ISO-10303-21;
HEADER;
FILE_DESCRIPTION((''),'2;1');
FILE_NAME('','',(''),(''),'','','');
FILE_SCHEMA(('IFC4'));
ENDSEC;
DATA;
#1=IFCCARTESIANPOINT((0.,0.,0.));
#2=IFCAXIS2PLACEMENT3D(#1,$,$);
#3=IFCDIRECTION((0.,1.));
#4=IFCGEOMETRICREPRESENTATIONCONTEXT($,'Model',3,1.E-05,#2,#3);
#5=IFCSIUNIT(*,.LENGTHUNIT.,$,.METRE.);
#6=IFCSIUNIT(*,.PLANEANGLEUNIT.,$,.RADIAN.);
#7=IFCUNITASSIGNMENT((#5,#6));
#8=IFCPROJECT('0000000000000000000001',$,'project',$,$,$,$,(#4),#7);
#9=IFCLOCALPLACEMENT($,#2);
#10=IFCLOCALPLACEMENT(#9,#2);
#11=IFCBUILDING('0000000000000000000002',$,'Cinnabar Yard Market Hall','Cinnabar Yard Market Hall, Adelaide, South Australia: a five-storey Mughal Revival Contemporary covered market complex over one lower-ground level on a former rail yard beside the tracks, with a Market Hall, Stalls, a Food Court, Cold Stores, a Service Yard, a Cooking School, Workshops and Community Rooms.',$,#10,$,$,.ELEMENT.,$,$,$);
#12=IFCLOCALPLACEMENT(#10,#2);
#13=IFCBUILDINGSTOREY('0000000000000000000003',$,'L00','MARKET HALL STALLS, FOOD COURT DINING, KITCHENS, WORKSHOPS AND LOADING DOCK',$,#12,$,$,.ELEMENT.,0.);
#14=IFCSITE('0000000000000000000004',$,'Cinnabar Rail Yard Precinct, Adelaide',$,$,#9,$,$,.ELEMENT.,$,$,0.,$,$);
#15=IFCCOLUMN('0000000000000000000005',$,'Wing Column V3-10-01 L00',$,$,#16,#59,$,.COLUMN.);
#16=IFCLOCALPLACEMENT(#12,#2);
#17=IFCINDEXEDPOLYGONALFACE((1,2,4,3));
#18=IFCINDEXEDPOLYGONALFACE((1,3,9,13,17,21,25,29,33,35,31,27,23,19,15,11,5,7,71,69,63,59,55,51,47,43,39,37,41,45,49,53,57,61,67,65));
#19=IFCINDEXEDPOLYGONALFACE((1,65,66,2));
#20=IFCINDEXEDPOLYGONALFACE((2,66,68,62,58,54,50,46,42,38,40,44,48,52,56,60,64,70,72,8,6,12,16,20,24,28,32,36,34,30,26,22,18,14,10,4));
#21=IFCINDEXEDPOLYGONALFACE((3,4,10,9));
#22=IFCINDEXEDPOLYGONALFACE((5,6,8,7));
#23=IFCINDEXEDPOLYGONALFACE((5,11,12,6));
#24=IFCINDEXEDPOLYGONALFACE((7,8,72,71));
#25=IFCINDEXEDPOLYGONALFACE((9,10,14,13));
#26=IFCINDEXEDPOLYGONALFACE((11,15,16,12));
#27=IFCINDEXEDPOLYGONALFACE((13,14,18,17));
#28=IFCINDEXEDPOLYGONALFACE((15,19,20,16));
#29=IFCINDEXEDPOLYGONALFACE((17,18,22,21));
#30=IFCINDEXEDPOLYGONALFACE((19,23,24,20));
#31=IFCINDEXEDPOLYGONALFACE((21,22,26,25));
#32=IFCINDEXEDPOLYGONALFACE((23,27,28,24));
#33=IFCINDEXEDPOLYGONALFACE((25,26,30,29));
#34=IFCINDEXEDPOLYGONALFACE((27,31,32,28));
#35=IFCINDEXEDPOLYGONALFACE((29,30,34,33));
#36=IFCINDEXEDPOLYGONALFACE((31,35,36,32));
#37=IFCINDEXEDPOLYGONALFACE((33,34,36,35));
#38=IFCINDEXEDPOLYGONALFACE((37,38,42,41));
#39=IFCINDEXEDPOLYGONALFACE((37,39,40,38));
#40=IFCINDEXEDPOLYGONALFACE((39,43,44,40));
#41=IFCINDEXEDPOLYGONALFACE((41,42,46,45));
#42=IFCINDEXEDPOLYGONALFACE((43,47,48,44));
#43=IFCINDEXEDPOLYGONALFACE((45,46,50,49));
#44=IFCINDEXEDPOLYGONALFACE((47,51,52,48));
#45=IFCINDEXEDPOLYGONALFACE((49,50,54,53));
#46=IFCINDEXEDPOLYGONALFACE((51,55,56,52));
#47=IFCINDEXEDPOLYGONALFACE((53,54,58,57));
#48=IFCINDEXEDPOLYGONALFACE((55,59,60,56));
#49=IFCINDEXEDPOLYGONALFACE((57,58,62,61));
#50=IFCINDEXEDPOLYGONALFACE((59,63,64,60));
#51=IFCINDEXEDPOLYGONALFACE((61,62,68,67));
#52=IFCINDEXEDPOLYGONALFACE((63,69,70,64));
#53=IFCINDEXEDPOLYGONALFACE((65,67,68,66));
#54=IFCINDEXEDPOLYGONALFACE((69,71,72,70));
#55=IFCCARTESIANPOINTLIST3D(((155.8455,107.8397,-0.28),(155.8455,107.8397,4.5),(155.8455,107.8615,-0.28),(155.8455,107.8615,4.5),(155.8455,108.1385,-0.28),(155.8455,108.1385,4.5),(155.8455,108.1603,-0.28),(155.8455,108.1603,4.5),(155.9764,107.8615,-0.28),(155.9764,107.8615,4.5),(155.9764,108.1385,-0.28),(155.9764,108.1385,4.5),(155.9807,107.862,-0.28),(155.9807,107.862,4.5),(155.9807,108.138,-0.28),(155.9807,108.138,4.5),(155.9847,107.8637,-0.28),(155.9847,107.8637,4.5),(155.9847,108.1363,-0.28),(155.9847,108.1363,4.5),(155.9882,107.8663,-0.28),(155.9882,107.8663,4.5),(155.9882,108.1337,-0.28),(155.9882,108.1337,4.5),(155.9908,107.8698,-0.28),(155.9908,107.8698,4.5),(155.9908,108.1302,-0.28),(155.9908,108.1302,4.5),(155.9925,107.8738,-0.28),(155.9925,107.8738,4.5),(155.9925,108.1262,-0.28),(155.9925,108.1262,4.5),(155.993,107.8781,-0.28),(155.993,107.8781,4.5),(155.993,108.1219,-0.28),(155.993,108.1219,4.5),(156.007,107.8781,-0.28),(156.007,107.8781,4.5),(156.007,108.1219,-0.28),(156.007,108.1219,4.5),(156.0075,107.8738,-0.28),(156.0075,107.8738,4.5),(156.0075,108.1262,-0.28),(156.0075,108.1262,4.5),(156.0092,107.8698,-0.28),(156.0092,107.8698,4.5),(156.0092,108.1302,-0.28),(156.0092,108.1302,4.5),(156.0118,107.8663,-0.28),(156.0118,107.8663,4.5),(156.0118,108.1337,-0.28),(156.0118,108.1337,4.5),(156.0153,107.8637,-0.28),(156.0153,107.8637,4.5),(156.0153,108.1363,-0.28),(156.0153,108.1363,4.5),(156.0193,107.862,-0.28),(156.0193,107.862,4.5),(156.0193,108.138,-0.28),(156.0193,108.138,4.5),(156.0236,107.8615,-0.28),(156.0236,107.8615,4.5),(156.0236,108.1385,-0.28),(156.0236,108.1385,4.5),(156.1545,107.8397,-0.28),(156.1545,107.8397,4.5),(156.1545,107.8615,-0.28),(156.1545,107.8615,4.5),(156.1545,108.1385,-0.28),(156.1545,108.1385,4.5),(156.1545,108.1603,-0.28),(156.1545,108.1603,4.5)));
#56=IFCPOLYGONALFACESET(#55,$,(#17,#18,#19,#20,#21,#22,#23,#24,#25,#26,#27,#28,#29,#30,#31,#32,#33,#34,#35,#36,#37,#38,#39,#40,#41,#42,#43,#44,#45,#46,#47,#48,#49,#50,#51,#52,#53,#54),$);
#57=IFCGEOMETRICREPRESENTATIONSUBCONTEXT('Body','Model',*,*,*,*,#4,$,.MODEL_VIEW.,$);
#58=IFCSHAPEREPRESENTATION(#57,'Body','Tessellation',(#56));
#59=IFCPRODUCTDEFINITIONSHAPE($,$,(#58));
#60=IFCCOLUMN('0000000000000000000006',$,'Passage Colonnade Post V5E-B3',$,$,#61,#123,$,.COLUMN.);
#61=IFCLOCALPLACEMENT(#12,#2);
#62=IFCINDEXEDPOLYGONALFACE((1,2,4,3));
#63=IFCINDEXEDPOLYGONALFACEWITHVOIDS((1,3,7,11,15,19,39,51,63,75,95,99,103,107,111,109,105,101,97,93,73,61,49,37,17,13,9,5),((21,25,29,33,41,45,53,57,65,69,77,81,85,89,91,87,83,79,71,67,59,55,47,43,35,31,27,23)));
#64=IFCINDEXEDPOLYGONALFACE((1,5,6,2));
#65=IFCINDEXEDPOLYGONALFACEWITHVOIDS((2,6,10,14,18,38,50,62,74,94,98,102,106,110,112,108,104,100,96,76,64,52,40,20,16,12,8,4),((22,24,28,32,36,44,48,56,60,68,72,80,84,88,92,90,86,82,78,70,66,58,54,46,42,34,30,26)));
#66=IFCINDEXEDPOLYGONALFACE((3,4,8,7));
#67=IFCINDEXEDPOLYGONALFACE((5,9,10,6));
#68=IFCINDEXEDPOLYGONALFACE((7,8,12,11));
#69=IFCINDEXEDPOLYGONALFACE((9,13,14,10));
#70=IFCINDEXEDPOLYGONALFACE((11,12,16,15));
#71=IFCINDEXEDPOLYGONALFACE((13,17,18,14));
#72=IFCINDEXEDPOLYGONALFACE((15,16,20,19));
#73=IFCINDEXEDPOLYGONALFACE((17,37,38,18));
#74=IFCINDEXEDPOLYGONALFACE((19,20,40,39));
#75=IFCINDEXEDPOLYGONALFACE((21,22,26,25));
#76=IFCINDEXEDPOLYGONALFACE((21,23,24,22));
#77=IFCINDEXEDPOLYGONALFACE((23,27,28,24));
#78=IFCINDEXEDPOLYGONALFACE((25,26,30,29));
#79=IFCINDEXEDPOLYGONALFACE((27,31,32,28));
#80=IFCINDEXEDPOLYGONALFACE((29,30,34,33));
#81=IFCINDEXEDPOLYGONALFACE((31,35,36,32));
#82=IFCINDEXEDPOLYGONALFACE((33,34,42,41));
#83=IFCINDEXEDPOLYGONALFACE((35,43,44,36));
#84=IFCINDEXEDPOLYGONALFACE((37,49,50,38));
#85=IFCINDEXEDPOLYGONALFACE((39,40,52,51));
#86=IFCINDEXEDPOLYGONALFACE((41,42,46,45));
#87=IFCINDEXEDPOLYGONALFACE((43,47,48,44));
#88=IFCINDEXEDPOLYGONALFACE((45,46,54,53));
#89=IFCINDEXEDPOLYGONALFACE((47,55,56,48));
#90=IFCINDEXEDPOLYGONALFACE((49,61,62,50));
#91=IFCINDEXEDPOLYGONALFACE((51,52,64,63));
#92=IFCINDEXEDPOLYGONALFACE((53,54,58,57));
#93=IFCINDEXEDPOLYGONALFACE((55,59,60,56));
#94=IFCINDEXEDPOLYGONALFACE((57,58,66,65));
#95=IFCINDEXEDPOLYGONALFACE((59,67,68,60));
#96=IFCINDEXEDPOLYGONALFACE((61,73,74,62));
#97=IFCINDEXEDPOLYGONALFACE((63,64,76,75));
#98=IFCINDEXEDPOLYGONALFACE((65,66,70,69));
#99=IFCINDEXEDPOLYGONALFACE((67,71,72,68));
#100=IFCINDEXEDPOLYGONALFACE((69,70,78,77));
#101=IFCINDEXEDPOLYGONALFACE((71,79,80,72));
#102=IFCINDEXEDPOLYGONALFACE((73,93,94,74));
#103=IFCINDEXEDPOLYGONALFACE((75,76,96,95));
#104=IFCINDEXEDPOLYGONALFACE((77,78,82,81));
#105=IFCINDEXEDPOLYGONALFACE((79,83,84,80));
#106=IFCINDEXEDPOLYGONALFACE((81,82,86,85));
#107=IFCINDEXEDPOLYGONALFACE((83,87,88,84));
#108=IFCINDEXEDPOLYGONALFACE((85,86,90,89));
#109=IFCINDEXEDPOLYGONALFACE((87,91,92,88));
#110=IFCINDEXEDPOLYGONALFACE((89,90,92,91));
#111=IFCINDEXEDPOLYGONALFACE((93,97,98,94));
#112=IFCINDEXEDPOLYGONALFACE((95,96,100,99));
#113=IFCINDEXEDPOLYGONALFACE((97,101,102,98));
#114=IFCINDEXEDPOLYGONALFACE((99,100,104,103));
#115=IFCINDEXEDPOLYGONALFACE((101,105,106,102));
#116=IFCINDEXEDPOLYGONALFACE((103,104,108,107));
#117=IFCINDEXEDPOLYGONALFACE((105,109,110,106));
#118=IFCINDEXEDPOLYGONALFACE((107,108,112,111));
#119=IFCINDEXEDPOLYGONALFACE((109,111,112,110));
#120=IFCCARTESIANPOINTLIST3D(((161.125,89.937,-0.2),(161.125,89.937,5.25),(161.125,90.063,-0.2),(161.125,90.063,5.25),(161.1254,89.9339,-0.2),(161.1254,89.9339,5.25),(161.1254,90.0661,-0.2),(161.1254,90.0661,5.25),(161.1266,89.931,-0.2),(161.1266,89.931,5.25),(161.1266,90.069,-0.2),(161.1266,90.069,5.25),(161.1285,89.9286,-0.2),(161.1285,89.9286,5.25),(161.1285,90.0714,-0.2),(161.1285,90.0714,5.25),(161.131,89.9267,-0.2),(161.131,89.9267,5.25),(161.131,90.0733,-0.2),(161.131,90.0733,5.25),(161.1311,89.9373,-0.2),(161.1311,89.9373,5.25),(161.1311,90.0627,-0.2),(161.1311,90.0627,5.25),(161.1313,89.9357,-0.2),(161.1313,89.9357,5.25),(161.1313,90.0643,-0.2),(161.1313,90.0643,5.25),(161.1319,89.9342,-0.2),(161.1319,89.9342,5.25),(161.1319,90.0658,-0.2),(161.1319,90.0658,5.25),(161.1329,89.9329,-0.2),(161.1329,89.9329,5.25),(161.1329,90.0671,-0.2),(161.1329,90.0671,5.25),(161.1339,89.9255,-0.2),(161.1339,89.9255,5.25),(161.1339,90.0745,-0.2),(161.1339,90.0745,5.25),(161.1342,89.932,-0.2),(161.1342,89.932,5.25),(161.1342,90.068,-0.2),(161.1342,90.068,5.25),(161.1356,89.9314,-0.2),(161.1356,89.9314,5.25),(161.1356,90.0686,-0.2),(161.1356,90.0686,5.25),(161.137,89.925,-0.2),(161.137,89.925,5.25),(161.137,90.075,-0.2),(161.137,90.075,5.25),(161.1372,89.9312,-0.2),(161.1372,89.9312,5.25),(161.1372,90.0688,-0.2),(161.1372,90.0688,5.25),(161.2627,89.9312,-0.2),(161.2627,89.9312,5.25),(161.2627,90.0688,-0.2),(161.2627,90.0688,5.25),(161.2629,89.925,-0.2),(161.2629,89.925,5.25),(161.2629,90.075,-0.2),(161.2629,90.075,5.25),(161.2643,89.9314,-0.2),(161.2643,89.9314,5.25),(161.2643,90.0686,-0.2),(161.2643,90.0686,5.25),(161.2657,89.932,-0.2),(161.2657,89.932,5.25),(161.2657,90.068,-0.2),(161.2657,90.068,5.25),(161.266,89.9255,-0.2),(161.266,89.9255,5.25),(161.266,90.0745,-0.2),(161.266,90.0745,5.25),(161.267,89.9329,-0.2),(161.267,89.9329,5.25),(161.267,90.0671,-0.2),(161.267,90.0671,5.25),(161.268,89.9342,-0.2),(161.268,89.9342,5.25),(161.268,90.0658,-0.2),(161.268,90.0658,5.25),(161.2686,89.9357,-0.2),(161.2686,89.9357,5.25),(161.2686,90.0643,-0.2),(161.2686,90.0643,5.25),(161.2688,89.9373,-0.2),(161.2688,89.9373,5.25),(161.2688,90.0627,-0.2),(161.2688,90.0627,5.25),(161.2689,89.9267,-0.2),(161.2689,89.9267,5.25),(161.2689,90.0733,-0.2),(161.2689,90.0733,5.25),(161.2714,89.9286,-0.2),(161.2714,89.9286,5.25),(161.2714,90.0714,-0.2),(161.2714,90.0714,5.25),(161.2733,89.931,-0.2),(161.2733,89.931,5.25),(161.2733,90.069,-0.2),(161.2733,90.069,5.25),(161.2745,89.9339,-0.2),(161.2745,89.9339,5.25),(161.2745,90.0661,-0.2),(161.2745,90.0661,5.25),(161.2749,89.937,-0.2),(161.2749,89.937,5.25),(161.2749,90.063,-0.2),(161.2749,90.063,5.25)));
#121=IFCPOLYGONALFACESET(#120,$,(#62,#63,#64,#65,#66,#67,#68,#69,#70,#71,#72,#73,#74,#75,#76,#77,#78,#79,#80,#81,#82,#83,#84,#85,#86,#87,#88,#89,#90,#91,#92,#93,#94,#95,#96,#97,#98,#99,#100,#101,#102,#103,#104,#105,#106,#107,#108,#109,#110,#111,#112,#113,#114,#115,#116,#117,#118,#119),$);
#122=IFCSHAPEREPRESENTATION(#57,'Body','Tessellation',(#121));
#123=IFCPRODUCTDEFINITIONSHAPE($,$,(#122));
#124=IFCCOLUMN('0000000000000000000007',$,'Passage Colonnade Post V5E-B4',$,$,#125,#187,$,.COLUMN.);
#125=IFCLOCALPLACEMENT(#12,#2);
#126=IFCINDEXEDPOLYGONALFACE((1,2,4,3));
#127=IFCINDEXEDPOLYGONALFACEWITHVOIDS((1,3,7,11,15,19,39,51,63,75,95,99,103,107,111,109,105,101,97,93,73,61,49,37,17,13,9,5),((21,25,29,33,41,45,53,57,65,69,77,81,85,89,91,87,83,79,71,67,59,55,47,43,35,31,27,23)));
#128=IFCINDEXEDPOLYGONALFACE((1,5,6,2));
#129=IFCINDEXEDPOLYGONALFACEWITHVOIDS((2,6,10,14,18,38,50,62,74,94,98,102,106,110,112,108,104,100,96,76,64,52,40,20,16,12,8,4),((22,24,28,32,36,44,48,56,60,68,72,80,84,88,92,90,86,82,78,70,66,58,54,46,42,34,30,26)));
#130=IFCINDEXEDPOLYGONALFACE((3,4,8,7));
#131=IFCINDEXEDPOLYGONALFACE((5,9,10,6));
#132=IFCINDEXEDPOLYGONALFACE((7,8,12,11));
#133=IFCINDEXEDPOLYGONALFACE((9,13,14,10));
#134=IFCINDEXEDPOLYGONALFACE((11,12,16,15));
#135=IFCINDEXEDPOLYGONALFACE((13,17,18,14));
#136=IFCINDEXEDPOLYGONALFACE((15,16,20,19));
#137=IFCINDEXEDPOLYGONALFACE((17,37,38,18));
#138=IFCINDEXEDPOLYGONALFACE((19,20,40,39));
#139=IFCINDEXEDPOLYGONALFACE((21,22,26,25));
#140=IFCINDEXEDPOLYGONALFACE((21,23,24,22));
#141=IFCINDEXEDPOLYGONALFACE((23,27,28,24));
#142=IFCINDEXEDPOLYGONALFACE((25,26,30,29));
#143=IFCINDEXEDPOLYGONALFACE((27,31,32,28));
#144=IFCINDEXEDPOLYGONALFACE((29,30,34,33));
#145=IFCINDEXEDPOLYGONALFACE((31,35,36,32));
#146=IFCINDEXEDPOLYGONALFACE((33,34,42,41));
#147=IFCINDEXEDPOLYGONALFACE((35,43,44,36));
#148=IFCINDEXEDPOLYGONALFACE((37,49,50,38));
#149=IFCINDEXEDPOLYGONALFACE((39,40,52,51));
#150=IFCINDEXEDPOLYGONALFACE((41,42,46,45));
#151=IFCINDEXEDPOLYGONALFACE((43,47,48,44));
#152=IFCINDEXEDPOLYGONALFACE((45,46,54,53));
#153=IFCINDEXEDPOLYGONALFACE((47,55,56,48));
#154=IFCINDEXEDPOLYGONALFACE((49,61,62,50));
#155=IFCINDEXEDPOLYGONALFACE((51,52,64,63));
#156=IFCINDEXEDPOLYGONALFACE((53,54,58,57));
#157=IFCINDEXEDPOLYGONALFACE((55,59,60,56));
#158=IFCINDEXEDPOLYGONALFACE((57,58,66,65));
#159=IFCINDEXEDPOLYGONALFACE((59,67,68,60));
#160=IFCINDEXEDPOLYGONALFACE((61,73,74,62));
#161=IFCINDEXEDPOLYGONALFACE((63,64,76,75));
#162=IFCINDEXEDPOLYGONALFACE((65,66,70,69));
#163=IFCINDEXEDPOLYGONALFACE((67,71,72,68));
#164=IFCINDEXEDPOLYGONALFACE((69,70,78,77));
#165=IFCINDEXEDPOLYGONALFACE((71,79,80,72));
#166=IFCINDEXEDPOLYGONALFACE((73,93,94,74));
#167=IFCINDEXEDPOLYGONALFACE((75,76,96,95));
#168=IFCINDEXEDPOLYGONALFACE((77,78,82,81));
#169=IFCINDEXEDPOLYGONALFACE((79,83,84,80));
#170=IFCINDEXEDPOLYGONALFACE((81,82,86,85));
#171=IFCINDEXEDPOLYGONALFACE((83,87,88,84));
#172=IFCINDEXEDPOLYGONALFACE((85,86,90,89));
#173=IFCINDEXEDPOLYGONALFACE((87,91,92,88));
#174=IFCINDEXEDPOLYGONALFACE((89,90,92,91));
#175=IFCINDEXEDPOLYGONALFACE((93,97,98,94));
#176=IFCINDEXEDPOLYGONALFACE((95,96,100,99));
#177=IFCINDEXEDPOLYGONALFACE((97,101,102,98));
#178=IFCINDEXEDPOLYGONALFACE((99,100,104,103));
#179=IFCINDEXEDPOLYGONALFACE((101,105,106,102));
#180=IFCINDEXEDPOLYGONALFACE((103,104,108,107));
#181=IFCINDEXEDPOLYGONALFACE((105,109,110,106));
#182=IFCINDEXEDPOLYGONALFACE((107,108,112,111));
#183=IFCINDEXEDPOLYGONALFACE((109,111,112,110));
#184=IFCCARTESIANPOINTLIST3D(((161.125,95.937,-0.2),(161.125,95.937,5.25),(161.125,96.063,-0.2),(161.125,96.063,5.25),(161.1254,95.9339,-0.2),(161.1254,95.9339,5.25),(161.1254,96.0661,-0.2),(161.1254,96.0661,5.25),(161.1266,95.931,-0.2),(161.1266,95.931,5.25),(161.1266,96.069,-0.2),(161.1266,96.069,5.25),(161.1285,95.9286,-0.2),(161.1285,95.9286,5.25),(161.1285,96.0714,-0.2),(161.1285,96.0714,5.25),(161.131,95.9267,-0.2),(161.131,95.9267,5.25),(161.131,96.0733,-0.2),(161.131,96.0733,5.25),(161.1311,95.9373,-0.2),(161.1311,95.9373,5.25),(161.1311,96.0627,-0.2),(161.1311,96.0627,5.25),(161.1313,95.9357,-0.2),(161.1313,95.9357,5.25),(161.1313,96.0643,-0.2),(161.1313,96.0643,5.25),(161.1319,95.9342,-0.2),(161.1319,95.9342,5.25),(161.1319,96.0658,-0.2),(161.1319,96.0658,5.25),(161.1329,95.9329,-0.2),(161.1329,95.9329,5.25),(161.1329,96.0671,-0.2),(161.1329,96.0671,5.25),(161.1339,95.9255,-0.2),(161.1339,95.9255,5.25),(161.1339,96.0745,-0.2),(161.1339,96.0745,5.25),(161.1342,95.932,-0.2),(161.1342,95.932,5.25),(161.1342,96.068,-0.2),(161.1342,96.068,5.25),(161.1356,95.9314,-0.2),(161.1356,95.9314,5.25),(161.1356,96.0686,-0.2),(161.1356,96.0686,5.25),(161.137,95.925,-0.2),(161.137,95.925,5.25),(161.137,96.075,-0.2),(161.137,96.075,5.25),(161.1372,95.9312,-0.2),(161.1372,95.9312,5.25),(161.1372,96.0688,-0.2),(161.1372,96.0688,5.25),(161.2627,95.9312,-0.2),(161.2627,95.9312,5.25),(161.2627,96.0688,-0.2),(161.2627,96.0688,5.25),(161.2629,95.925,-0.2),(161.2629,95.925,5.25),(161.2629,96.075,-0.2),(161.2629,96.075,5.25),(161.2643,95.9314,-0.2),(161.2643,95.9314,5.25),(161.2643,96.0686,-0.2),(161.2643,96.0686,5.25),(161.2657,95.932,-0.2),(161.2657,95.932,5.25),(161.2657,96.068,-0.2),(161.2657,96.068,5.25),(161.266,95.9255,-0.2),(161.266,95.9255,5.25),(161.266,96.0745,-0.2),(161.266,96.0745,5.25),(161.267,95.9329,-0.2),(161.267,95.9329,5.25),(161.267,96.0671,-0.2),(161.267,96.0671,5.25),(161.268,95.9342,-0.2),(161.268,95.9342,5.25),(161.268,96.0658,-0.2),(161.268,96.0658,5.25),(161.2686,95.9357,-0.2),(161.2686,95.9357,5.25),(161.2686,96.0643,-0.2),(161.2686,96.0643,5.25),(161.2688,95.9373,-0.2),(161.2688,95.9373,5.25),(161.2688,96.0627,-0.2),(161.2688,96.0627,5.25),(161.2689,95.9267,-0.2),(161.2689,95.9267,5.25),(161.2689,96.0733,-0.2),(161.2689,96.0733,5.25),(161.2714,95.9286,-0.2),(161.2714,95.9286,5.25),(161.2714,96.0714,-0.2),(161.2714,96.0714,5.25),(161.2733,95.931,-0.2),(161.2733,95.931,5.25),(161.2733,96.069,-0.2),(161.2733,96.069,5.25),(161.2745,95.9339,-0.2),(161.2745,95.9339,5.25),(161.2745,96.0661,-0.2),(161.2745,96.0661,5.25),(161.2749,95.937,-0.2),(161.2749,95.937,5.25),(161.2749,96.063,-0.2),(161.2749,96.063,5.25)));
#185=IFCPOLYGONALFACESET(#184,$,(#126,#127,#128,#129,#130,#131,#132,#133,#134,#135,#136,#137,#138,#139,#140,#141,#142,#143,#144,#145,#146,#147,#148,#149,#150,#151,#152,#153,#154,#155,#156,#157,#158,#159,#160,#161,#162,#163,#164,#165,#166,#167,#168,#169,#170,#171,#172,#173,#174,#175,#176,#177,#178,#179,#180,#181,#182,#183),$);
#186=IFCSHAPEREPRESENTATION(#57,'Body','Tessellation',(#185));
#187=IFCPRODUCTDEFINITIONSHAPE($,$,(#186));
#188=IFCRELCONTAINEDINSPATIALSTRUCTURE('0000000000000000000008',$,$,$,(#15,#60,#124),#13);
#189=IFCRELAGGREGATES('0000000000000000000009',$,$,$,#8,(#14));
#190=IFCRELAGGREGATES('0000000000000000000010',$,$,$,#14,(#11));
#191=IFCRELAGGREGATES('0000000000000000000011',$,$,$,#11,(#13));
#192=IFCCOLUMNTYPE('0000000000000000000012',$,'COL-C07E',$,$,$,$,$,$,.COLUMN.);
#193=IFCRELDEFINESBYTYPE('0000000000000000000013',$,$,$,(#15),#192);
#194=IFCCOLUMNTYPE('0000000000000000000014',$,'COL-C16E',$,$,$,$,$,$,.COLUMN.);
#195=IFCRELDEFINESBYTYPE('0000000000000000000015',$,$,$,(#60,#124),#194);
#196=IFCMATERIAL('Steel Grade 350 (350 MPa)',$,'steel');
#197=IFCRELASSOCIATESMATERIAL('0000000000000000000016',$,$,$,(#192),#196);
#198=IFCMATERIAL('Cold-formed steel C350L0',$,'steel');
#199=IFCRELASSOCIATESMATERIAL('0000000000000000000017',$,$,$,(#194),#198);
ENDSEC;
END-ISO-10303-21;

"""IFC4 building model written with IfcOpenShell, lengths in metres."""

from ifc_helpers import new_model, si_unit, direction, frame, origin, origin_2d_with_axis, place, context, subcontext, project, spatial, hollow_rectangle, i_section, extrude, material, material_profile, profile_set, type_object, element, save


model = new_model("IFC4")

# Units and contexts
model_context = context("Model", 3, precision=1e-05, world=origin(), true_north=direction((0.0, 1.0)))
body_context = subcontext(model_context, "Body", "Model", "MODEL_VIEW")
ifc_project = project(units=[si_unit("LENGTHUNIT", "METRE"), si_unit("PLANEANGLEUNIT", "RADIAN")], contexts=[model_context])

# Site, building, storey
site_placement = place(None, origin())
site = spatial("IfcSite", under=ifc_project, at=site_placement, Name="Cinnabar Rail Yard Precinct, Adelaide", CompositionType="ELEMENT", RefElevation=0.0)
building_placement = place(site_placement, origin())
building = spatial("IfcBuilding", under=site, at=building_placement, Name="Cinnabar Yard Market Hall", Description="Cinnabar Yard Market Hall, Adelaide, South Australia: a five-storey Mughal Revival Contemporary covered market complex over one lower-ground level on a former rail yard beside the tracks, with a Market Hall, Stalls, a Food Court, Cold Stores, a Service Yard, a Cooking School, Workshops and Community Rooms.", CompositionType="ELEMENT")
storey_placement = place(building_placement, origin())
storey = spatial("IfcBuildingStorey", under=building, at=storey_placement, Name="L00", Description="MARKET HALL STALLS, FOOD COURT DINING, KITCHENS, WORKSHOPS AND LOADING DOCK", CompositionType="ELEMENT", Elevation=0.0)

# Columns
ifc_material_1 = material(Name="Steel Grade 350 (350 MPa)", Category="steel")
ifc_material_profile_1 = material_profile(ifc_material_1, i_section(OverallWidth=0.3091, OverallDepth=0.3206, WebThickness=0.0139, FlangeThickness=0.0217, FilletRadius=0.0166, at=origin_2d_with_axis()), Name="310UC137")
ifc_profile_set_1 = profile_set([ifc_material_profile_1], Name="Steel Grade 350 (350 MPa)")
column_type_1 = type_object("IfcColumnType", Name="COL-C07E", PredefinedType="COLUMN", material=ifc_profile_set_1)
column_1_placement = place(storey_placement, frame((156.0, 108.0, -0.28), z_axis=(0.0, 0.0, 1.0), x_axis=(1.0, 0.0, 0.0)))
element("IfcColumn", 1, at=column_1_placement, inside=storey, type_object=column_type_1, Name="Wing Column V3-10-01 L00", PredefinedType="COLUMN", context=body_context, shape_type="SweptSolid", body=[
    extrude(i_section(OverallWidth=0.3091, OverallDepth=0.3206, WebThickness=0.0139, FlangeThickness=0.0217, FilletRadius=0.0166, at=origin_2d_with_axis()), origin(), (0.0, 0.0, 1.0), 4.78),
])
ifc_material_2 = material(Name="Cold-formed steel C350L0", Category="steel")
ifc_material_profile_2 = material_profile(ifc_material_2, hollow_rectangle(XDim=0.1499, YDim=0.1499, WallThickness=0.0061, InnerFilletRadius=0.0061, OuterFilletRadius=0.012, at=origin_2d_with_axis()), Name="150x150x6.0SHS")
ifc_profile_set_2 = profile_set([ifc_material_profile_2], Name="Cold-formed steel C350L0")
column_type_2 = type_object("IfcColumnType", Name="COL-C16E", PredefinedType="COLUMN", material=ifc_profile_set_2)
for number, where, z_axis, x_axis, name in (
    (2, (161.2, 90.0, -0.2), (0.0, 0.0, 1.0), (1.0, 0.0, 0.0), "Passage Colonnade Post V5E-B3"),
    (3, (161.2, 96.0, -0.2), (0.0, 0.0, 1.0), (1.0, 0.0, 0.0), "Passage Colonnade Post V5E-B4"),
):
    element("IfcColumn", number, at=place(storey_placement, frame(where, z_axis=z_axis, x_axis=x_axis)), inside=storey, type_object=column_type_2, Name=name, PredefinedType="COLUMN", context=body_context, shape_type="SweptSolid", body=[
        extrude(hollow_rectangle(XDim=0.1499, YDim=0.1499, WallThickness=0.0061, InnerFilletRadius=0.0061, OuterFilletRadius=0.012, at=origin_2d_with_axis()), origin(), (0.0, 0.0, 1.0), 5.45),
    ])

save(model, "model.ifc")
